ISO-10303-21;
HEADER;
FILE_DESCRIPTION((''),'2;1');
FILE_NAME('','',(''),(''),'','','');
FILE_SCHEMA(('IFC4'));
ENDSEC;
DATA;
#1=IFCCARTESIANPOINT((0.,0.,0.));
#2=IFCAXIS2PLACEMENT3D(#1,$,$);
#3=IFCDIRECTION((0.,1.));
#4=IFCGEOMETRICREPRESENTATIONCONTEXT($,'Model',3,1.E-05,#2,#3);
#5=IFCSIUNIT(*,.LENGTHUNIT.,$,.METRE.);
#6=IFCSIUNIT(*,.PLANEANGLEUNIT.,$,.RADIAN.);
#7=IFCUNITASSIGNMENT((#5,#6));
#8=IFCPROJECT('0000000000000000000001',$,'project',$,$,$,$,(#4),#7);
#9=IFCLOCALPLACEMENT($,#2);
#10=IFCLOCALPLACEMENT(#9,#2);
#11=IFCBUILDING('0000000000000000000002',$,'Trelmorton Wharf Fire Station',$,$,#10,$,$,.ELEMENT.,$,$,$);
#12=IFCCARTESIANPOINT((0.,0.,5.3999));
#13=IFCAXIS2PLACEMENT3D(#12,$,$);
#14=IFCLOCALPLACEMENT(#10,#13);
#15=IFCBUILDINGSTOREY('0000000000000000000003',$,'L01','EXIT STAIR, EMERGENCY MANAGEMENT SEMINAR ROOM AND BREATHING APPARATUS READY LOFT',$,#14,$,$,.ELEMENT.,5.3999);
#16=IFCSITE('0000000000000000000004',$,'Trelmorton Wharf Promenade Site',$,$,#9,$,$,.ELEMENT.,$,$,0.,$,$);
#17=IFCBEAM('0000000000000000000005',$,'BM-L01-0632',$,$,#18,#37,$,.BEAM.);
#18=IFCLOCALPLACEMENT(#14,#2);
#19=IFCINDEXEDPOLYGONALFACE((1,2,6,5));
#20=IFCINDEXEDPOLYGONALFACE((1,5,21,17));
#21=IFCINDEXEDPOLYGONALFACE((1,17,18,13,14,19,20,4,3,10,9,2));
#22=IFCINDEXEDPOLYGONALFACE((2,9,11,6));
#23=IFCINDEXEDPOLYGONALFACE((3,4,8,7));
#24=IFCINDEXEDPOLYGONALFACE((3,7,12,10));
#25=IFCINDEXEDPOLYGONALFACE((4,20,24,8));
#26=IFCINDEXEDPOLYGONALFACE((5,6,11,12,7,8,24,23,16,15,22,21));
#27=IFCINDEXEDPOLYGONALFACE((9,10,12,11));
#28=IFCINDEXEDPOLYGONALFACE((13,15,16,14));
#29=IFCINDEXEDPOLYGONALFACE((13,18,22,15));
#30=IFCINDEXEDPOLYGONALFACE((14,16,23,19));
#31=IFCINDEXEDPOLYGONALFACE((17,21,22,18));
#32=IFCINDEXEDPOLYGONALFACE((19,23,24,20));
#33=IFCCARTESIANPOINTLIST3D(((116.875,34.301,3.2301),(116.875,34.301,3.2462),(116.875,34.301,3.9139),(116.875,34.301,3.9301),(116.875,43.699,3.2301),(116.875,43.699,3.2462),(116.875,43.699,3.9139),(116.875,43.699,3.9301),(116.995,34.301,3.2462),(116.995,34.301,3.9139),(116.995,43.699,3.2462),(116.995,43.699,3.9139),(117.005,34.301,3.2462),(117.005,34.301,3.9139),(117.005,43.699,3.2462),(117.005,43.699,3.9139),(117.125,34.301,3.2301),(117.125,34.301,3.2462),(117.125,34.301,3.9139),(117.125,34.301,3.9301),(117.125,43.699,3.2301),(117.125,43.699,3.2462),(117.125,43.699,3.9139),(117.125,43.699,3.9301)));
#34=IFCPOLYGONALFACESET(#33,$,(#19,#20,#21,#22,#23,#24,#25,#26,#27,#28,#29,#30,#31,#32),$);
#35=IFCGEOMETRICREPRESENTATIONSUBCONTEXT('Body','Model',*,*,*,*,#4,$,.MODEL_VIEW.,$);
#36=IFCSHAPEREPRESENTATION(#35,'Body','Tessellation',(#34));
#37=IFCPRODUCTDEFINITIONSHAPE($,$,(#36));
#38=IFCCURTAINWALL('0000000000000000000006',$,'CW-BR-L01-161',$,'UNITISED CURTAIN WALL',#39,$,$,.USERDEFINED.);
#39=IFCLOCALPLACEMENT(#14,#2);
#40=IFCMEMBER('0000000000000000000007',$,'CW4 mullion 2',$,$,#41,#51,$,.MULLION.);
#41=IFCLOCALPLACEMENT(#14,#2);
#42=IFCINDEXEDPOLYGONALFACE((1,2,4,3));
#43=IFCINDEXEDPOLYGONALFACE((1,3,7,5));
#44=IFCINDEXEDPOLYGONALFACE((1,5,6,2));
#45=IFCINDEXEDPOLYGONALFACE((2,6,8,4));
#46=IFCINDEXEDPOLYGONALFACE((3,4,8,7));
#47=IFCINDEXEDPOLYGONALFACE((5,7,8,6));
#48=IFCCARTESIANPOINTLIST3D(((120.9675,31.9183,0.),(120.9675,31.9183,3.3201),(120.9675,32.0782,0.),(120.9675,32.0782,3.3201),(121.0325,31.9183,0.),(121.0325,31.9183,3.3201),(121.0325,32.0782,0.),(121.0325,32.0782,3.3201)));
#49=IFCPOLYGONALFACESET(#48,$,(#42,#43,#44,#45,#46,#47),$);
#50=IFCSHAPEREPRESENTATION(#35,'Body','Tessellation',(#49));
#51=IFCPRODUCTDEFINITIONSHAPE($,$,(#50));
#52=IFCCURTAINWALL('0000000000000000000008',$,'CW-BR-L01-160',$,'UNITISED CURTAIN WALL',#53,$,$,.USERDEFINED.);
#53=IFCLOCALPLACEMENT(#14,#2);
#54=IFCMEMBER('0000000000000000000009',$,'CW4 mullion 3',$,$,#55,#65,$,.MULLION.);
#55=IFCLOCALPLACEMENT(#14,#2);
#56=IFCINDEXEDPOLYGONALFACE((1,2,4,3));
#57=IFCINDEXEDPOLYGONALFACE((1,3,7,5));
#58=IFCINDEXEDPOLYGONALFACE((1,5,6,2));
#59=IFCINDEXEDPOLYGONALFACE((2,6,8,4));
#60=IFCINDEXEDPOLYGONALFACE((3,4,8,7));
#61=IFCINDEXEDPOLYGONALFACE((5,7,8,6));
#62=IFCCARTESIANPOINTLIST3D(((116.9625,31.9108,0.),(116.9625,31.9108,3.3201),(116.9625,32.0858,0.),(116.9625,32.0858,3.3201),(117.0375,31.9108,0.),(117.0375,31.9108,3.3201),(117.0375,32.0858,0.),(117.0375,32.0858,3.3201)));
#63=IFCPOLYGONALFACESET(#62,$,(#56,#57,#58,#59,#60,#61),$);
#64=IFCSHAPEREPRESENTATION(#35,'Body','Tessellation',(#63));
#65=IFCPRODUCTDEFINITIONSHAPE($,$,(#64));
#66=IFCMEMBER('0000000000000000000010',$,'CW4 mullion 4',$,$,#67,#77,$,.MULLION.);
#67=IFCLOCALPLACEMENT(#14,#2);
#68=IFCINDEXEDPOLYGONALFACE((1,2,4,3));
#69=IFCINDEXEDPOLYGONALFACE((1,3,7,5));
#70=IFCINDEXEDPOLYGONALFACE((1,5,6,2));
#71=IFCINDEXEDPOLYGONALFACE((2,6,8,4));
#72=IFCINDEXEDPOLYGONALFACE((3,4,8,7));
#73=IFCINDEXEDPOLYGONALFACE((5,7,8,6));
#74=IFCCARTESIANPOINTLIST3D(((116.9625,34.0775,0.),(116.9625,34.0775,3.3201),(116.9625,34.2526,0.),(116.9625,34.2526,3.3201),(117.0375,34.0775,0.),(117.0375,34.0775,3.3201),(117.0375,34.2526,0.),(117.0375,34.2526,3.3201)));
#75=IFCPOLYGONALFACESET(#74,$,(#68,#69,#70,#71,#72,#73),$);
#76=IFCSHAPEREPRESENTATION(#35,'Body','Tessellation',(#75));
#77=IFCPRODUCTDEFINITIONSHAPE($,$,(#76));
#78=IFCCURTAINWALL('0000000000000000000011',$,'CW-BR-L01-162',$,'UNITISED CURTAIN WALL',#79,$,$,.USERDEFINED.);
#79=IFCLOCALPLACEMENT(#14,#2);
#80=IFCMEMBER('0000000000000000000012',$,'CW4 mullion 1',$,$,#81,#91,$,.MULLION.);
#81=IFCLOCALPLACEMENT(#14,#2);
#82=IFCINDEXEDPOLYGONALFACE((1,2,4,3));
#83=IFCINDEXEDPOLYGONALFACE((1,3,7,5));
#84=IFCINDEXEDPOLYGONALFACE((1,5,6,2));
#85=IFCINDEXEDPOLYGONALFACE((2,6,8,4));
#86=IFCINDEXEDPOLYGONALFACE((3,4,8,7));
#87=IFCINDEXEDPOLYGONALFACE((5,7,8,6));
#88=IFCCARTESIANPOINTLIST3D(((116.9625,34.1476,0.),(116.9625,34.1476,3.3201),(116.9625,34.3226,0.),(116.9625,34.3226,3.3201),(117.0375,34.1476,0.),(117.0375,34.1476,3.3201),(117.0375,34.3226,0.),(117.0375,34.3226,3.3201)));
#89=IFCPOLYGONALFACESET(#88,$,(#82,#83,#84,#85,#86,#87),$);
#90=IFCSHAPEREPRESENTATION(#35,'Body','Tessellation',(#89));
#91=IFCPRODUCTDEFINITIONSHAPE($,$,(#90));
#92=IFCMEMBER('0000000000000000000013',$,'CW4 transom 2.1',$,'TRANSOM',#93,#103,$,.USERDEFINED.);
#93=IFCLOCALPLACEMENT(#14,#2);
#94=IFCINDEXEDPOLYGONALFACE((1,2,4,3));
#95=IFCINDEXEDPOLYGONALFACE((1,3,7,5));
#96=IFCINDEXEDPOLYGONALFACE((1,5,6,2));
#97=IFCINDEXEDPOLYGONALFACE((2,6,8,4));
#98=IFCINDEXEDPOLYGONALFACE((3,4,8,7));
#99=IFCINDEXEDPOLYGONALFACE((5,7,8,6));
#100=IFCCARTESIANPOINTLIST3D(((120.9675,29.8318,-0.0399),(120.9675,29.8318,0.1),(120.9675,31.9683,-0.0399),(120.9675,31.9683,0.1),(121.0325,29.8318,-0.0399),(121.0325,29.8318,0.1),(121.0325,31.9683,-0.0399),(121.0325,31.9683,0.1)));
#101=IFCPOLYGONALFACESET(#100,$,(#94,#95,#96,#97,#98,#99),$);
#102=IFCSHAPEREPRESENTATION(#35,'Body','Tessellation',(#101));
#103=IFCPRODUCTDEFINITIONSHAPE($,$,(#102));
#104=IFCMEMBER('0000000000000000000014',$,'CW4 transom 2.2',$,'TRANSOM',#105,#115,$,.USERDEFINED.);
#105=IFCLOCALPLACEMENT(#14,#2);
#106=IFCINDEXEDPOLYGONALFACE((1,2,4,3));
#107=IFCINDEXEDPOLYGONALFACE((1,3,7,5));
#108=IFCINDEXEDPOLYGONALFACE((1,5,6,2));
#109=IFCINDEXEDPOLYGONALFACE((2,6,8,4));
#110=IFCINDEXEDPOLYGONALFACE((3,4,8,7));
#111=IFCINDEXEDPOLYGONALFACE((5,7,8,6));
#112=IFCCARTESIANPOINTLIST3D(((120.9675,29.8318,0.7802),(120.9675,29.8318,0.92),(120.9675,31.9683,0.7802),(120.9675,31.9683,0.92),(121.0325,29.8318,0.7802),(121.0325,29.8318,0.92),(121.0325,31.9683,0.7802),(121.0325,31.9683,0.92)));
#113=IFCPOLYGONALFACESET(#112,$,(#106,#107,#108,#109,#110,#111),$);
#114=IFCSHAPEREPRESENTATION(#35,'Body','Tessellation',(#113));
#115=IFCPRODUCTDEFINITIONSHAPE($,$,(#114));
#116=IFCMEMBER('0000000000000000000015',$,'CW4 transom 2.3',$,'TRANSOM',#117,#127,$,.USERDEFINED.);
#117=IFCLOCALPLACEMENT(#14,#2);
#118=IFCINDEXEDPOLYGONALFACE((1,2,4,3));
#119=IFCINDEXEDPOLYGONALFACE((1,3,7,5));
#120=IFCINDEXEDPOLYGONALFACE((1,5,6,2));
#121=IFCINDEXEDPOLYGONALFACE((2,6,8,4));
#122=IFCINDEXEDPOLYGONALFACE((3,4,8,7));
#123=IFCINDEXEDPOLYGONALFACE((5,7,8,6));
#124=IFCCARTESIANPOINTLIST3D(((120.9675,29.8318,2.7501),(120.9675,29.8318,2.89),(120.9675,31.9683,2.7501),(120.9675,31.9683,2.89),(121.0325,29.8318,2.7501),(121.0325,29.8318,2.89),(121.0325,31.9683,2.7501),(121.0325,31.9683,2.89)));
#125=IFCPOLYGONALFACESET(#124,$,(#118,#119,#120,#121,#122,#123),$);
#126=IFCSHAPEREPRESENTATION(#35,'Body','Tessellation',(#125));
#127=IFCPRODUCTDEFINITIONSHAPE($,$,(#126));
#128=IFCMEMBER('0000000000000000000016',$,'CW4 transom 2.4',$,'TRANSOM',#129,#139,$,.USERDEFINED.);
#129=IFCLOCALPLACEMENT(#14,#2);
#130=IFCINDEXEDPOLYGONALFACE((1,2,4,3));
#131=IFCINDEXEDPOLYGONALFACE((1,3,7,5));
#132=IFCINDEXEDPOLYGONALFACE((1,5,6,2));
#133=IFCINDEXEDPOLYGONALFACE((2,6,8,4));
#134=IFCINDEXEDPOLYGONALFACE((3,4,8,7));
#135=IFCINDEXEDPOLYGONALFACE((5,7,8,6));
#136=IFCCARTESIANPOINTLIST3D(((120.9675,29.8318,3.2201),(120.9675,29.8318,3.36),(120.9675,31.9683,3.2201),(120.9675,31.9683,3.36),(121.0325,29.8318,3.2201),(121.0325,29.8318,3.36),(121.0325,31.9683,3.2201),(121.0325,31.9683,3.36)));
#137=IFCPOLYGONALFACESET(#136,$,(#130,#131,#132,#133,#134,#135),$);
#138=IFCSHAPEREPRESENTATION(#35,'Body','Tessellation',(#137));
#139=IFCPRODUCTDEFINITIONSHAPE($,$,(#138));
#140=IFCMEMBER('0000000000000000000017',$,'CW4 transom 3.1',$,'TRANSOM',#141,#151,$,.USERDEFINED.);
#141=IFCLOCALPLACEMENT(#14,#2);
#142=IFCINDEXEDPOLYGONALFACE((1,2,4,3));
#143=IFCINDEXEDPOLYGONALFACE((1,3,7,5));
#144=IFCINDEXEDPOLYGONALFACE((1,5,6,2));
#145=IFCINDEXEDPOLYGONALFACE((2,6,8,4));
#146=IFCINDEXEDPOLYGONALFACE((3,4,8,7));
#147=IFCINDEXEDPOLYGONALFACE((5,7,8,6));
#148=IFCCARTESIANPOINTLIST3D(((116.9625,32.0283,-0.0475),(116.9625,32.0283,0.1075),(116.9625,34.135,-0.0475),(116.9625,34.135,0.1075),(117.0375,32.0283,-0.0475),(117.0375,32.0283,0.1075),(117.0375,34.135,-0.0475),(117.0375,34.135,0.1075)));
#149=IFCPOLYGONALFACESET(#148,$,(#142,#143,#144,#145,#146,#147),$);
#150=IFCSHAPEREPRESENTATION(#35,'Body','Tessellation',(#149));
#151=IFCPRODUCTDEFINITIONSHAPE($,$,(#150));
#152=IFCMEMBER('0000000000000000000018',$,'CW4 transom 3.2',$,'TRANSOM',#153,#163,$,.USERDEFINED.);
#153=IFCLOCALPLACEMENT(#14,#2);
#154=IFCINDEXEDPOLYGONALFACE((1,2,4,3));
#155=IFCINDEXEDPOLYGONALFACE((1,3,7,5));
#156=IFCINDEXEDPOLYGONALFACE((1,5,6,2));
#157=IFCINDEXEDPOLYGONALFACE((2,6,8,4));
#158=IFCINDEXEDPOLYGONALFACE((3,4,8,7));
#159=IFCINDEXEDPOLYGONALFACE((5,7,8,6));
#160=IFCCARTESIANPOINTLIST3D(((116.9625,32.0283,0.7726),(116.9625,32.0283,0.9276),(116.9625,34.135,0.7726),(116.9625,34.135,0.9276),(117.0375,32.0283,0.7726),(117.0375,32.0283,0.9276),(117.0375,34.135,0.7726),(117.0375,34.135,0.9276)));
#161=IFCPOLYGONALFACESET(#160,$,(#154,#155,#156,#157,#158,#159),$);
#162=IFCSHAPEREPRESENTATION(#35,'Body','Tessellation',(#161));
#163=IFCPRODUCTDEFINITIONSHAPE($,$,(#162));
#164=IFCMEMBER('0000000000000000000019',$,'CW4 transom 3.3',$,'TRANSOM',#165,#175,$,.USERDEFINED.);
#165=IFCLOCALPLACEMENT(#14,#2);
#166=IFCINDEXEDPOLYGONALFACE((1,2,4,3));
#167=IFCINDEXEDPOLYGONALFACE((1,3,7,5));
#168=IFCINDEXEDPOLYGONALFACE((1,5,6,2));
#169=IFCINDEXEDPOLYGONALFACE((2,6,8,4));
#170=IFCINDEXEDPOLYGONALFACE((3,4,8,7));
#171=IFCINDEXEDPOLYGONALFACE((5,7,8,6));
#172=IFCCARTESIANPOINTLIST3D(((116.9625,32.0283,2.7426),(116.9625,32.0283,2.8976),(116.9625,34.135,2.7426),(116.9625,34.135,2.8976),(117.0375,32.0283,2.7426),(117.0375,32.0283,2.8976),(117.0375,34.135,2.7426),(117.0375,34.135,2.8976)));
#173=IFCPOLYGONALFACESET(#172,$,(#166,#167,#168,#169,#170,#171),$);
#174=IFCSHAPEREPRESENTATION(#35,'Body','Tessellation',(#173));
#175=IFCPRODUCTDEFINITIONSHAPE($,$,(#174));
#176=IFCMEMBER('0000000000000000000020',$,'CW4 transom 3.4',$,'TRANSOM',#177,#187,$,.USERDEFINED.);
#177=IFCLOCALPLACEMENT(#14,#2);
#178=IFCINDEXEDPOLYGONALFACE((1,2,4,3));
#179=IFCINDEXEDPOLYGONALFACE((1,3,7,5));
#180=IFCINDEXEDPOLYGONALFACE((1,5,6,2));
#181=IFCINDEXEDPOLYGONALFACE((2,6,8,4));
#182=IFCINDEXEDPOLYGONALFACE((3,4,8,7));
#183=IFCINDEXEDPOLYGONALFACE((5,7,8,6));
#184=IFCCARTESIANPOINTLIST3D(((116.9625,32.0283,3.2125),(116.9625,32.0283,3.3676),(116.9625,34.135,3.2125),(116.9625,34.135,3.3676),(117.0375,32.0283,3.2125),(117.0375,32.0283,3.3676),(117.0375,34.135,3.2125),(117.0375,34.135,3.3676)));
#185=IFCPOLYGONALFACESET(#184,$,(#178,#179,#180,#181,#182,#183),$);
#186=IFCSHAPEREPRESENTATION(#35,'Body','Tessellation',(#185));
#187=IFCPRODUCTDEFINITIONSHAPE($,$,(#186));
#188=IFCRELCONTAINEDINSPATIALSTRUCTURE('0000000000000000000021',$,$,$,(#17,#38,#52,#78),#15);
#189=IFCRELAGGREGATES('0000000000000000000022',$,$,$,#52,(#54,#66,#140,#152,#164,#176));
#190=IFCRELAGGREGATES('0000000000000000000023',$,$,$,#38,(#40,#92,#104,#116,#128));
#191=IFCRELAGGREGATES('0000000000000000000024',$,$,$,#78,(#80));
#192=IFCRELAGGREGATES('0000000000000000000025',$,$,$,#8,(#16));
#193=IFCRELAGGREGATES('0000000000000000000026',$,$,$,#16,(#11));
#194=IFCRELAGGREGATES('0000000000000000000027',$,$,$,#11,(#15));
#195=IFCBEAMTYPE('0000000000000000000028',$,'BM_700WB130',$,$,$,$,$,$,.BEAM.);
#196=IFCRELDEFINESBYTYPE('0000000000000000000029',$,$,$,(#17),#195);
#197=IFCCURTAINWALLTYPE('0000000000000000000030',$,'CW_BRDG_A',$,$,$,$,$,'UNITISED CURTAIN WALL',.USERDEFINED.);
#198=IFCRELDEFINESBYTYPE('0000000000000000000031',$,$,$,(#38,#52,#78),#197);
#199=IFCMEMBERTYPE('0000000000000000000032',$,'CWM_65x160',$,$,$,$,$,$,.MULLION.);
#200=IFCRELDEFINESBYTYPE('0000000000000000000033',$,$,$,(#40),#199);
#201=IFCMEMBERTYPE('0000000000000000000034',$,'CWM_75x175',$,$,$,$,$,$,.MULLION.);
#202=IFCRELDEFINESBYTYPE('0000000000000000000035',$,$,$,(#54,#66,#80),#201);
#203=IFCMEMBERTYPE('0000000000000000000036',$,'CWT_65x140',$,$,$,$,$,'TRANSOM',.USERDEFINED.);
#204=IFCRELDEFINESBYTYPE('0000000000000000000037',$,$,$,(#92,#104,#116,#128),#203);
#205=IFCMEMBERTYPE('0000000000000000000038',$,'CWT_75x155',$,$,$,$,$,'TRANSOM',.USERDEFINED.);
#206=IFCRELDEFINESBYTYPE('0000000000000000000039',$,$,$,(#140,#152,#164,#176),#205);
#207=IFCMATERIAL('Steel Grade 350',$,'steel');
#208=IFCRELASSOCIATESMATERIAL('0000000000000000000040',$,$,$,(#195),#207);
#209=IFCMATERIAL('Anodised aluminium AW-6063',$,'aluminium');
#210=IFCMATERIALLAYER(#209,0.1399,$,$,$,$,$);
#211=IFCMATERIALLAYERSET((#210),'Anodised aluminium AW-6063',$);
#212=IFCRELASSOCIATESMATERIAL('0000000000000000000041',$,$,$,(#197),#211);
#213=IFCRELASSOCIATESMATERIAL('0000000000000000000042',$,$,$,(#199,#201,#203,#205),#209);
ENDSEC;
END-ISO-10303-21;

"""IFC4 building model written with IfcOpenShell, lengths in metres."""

from ifc_helpers import new_model, si_unit, direction, frame, origin, origin_2d, place, context, subcontext, project, spatial, rectangle, i_section, extrude, material, layer, layer_set, material_profile, profile_set, type_object, element, aggregate, save


model = new_model("IFC4")

# Units and contexts
model_context = context("Model", 3, precision=1e-05, world=origin(), true_north=direction((0.0, 1.0)))
body_context = subcontext(model_context, "Body", "Model", "MODEL_VIEW")
ifc_project = project(units=[si_unit("LENGTHUNIT", "METRE"), si_unit("PLANEANGLEUNIT", "RADIAN")], contexts=[model_context])

# Site, building, storey
site_placement = place(None, origin())
site = spatial("IfcSite", under=ifc_project, at=site_placement, Name="Trelmorton Wharf Promenade Site", CompositionType="ELEMENT", RefElevation=0.0)
building_placement = place(site_placement, origin())
building = spatial("IfcBuilding", under=site, at=building_placement, Name="Trelmorton Wharf Fire Station", CompositionType="ELEMENT")
storey_placement = place(building_placement, frame((0.0, 0.0, 5.3999)))
storey = spatial("IfcBuildingStorey", under=building, at=storey_placement, Name="L01", Description="EXIT STAIR, EMERGENCY MANAGEMENT SEMINAR ROOM AND BREATHING APPARATUS READY LOFT", CompositionType="ELEMENT", Elevation=5.3999)

# Beam
ifc_material_1 = material(Name="Steel Grade 350", Category="steel")
ifc_material_profile_1 = material_profile(ifc_material_1, i_section(OverallWidth=0.25, OverallDepth=0.7, WebThickness=0.01, FlangeThickness=0.0161, at=origin_2d()), Name="700WB130")
ifc_profile_set_1 = profile_set([ifc_material_profile_1], Name="Steel Grade 350")
beam_type_1 = type_object("IfcBeamType", Name="BM_700WB130", PredefinedType="BEAM", material=ifc_profile_set_1)
beam_1_placement = place(storey_placement, frame((117.0, 34.301, 3.5801), z_axis=(0.0, 1.0, 0.0), x_axis=(-1.0, 0.0, 0.0)))
element("IfcBeam", 1, at=beam_1_placement, inside=storey, type_object=beam_type_1, Name="BM-L01-0632", PredefinedType="BEAM", context=body_context, shape_type="SweptSolid", body=[
    extrude(i_section(OverallWidth=0.25, OverallDepth=0.7, WebThickness=0.01, FlangeThickness=0.0161, at=origin_2d()), origin(), (0.0, 0.0, 1.0), 9.3979),
])

# Curtain wall, member
ifc_material_2 = material(Name="Anodised aluminium AW-6063", Category="aluminium")
ifc_layer_1 = layer(ifc_material_2, 0.1399)
ifc_layer_set_1 = layer_set([ifc_layer_1], Name="Anodised aluminium AW-6063")
curtain_wall_type = type_object("IfcCurtainWallType", Name="CW_BRDG_A", ElementType="UNITISED CURTAIN WALL", PredefinedType="USERDEFINED", material=ifc_layer_set_1)
curtain_wall_1_placement = place(storey_placement, origin())
curtain_wall_1 = element("IfcCurtainWall", 2, at=curtain_wall_1_placement, inside=storey, type_object=curtain_wall_type, Name="CW-BR-L01-161", ObjectType="UNITISED CURTAIN WALL", PredefinedType="USERDEFINED")
ifc_material_profile_2 = material_profile(ifc_material_2, rectangle(XDim=0.0649, YDim=0.1599, at=origin_2d()), Name="ALU-65x160")
ifc_profile_set_2 = profile_set([ifc_material_profile_2], Name="Anodised aluminium AW-6063")
member_type_1 = type_object("IfcMemberType", Name="CWM_65x160", PredefinedType="MULLION", material=ifc_profile_set_2)
member_1_placement = place(storey_placement, frame((121.0, 31.9983, 0.0), z_axis=(0.0, 0.0, 1.0), x_axis=(1.0, 0.0, 0.0)))
member_1 = element("IfcMember", 3, at=member_1_placement, type_object=member_type_1, Name="CW4 mullion 2", PredefinedType="MULLION", context=body_context, shape_type="SweptSolid", body=[
    extrude(rectangle(XDim=0.0649, YDim=0.1599, at=origin_2d()), origin(), (0.0, 0.0, 1.0), 3.3201),
])

# Curtain wall, members
curtain_wall_2_placement = place(storey_placement, origin())
curtain_wall_2 = element("IfcCurtainWall", 4, at=curtain_wall_2_placement, inside=storey, type_object=curtain_wall_type, Name="CW-BR-L01-160", ObjectType="UNITISED CURTAIN WALL", PredefinedType="USERDEFINED")
ifc_material_profile_3 = material_profile(ifc_material_2, rectangle(XDim=0.075, YDim=0.175, at=origin_2d()), Name="ALU-75x175")
ifc_profile_set_3 = profile_set([ifc_material_profile_3], Name="Anodised aluminium AW-6063")
member_type_2 = type_object("IfcMemberType", Name="CWM_75x175", PredefinedType="MULLION", material=ifc_profile_set_3)
member_2_placement = place(storey_placement, frame((117.0, 31.9983, 0.0), z_axis=(0.0, 0.0, 1.0), x_axis=(-1.0, 0.0, 0.0)))
member_2 = element("IfcMember", 5, at=member_2_placement, type_object=member_type_2, Name="CW4 mullion 3", PredefinedType="MULLION", context=body_context, shape_type="SweptSolid", body=[
    extrude(rectangle(XDim=0.075, YDim=0.175, at=origin_2d()), origin(), (0.0, 0.0, 1.0), 3.3201),
])
member_3_placement = place(storey_placement, frame((117.0, 34.165, 0.0), z_axis=(0.0, 0.0, 1.0), x_axis=(-1.0, 0.0, 0.0)))
member_3 = element("IfcMember", 6, at=member_3_placement, type_object=member_type_2, Name="CW4 mullion 4", PredefinedType="MULLION", context=body_context, shape_type="SweptSolid", body=[
    extrude(rectangle(XDim=0.075, YDim=0.175, at=origin_2d()), origin(), (0.0, 0.0, 1.0), 3.3201),
])

# Curtain wall, member
curtain_wall_3_placement = place(storey_placement, origin())
curtain_wall_3 = element("IfcCurtainWall", 7, at=curtain_wall_3_placement, inside=storey, type_object=curtain_wall_type, Name="CW-BR-L01-162", ObjectType="UNITISED CURTAIN WALL", PredefinedType="USERDEFINED")
member_4_placement = place(storey_placement, frame((117.0, 34.2351, 0.0), z_axis=(0.0, 0.0, 1.0), x_axis=(-1.0, 0.0, 0.0)))
member_4 = element("IfcMember", 8, at=member_4_placement, type_object=member_type_2, Name="CW4 mullion 1", PredefinedType="MULLION", context=body_context, shape_type="SweptSolid", body=[
    extrude(rectangle(XDim=0.075, YDim=0.175, at=origin_2d()), origin(), (0.0, 0.0, 1.0), 3.3201),
])

# Members
ifc_material_profile_4 = material_profile(ifc_material_2, rectangle(XDim=0.0649, YDim=0.1399, at=origin_2d()), Name="ALU-65x140")
ifc_profile_set_4 = profile_set([ifc_material_profile_4], Name="Anodised aluminium AW-6063")
member_type_3 = type_object("IfcMemberType", Name="CWT_65x140", ElementType="TRANSOM", PredefinedType="USERDEFINED", material=ifc_profile_set_4)
member_5_placement = place(storey_placement, frame((121.0, 31.9683, 0.03), z_axis=(0.0, -1.0, 0.0), x_axis=(1.0, 0.0, 0.0)))
member_5 = element("IfcMember", 9, at=member_5_placement, type_object=member_type_3, Name="CW4 transom 2.1", ObjectType="TRANSOM", PredefinedType="USERDEFINED", context=body_context, shape_type="SweptSolid", body=[
    extrude(rectangle(XDim=0.0649, YDim=0.1399, at=origin_2d()), origin(), (0.0, 0.0, 1.0), 2.1365),
])
member_6_placement = place(storey_placement, frame((121.0, 31.9683, 0.8501), z_axis=(0.0, -1.0, 0.0), x_axis=(1.0, 0.0, 0.0)))
member_6 = element("IfcMember", 10, at=member_6_placement, type_object=member_type_3, Name="CW4 transom 2.2", ObjectType="TRANSOM", PredefinedType="USERDEFINED", context=body_context, shape_type="SweptSolid", body=[
    extrude(rectangle(XDim=0.0649, YDim=0.1399, at=origin_2d()), origin(), (0.0, 0.0, 1.0), 2.1365),
])
member_7_placement = place(storey_placement, frame((121.0, 31.9683, 2.8201), z_axis=(0.0, -1.0, 0.0), x_axis=(1.0, 0.0, 0.0)))
member_7 = element("IfcMember", 11, at=member_7_placement, type_object=member_type_3, Name="CW4 transom 2.3", ObjectType="TRANSOM", PredefinedType="USERDEFINED", context=body_context, shape_type="SweptSolid", body=[
    extrude(rectangle(XDim=0.0649, YDim=0.1399, at=origin_2d()), origin(), (0.0, 0.0, 1.0), 2.1365),
])
member_8_placement = place(storey_placement, frame((121.0, 31.9683, 3.29), z_axis=(0.0, -1.0, 0.0), x_axis=(1.0, 0.0, 0.0)))
member_8 = element("IfcMember", 12, at=member_8_placement, type_object=member_type_3, Name="CW4 transom 2.4", ObjectType="TRANSOM", PredefinedType="USERDEFINED", context=body_context, shape_type="SweptSolid", body=[
    extrude(rectangle(XDim=0.0649, YDim=0.1399, at=origin_2d()), origin(), (0.0, 0.0, 1.0), 2.1365),
])
ifc_material_profile_5 = material_profile(ifc_material_2, rectangle(XDim=0.075, YDim=0.155, at=origin_2d()), Name="ALU-75x155")
ifc_profile_set_5 = profile_set([ifc_material_profile_5], Name="Anodised aluminium AW-6063")
member_type_4 = type_object("IfcMemberType", Name="CWT_75x155", ElementType="TRANSOM", PredefinedType="USERDEFINED", material=ifc_profile_set_5)
member_9_placement = place(storey_placement, frame((117.0, 32.0283, 0.03), z_axis=(0.0, 1.0, 0.0), x_axis=(-1.0, 0.0, 0.0)))
member_9 = element("IfcMember", 13, at=member_9_placement, type_object=member_type_4, Name="CW4 transom 3.1", ObjectType="TRANSOM", PredefinedType="USERDEFINED", context=body_context, shape_type="SweptSolid", body=[
    extrude(rectangle(XDim=0.075, YDim=0.155, at=origin_2d()), origin(), (0.0, 0.0, 1.0), 2.1067),
])
member_10_placement = place(storey_placement, frame((117.0, 32.0283, 0.8501), z_axis=(0.0, 1.0, 0.0), x_axis=(-1.0, 0.0, 0.0)))
member_10 = element("IfcMember", 14, at=member_10_placement, type_object=member_type_4, Name="CW4 transom 3.2", ObjectType="TRANSOM", PredefinedType="USERDEFINED", context=body_context, shape_type="SweptSolid", body=[
    extrude(rectangle(XDim=0.075, YDim=0.155, at=origin_2d()), origin(), (0.0, 0.0, 1.0), 2.1067),
])
member_11_placement = place(storey_placement, frame((117.0, 32.0283, 2.8201), z_axis=(0.0, 1.0, 0.0), x_axis=(-1.0, 0.0, 0.0)))
member_11 = element("IfcMember", 15, at=member_11_placement, type_object=member_type_4, Name="CW4 transom 3.3", ObjectType="TRANSOM", PredefinedType="USERDEFINED", context=body_context, shape_type="SweptSolid", body=[
    extrude(rectangle(XDim=0.075, YDim=0.155, at=origin_2d()), origin(), (0.0, 0.0, 1.0), 2.1067),
])
member_12_placement = place(storey_placement, frame((117.0, 32.0283, 3.29), z_axis=(0.0, 1.0, 0.0), x_axis=(-1.0, 0.0, 0.0)))
member_12 = element("IfcMember", 16, at=member_12_placement, type_object=member_type_4, Name="CW4 transom 3.4", ObjectType="TRANSOM", PredefinedType="USERDEFINED", context=body_context, shape_type="SweptSolid", body=[
    extrude(rectangle(XDim=0.075, YDim=0.155, at=origin_2d()), origin(), (0.0, 0.0, 1.0), 2.1067),
])

aggregate(curtain_wall_2, [member_2, member_3, member_9, member_10, member_11, member_12])
aggregate(curtain_wall_1, [member_1, member_5, member_6, member_7, member_8])
aggregate(curtain_wall_3, [member_4])

save(model, "model.ifc")
